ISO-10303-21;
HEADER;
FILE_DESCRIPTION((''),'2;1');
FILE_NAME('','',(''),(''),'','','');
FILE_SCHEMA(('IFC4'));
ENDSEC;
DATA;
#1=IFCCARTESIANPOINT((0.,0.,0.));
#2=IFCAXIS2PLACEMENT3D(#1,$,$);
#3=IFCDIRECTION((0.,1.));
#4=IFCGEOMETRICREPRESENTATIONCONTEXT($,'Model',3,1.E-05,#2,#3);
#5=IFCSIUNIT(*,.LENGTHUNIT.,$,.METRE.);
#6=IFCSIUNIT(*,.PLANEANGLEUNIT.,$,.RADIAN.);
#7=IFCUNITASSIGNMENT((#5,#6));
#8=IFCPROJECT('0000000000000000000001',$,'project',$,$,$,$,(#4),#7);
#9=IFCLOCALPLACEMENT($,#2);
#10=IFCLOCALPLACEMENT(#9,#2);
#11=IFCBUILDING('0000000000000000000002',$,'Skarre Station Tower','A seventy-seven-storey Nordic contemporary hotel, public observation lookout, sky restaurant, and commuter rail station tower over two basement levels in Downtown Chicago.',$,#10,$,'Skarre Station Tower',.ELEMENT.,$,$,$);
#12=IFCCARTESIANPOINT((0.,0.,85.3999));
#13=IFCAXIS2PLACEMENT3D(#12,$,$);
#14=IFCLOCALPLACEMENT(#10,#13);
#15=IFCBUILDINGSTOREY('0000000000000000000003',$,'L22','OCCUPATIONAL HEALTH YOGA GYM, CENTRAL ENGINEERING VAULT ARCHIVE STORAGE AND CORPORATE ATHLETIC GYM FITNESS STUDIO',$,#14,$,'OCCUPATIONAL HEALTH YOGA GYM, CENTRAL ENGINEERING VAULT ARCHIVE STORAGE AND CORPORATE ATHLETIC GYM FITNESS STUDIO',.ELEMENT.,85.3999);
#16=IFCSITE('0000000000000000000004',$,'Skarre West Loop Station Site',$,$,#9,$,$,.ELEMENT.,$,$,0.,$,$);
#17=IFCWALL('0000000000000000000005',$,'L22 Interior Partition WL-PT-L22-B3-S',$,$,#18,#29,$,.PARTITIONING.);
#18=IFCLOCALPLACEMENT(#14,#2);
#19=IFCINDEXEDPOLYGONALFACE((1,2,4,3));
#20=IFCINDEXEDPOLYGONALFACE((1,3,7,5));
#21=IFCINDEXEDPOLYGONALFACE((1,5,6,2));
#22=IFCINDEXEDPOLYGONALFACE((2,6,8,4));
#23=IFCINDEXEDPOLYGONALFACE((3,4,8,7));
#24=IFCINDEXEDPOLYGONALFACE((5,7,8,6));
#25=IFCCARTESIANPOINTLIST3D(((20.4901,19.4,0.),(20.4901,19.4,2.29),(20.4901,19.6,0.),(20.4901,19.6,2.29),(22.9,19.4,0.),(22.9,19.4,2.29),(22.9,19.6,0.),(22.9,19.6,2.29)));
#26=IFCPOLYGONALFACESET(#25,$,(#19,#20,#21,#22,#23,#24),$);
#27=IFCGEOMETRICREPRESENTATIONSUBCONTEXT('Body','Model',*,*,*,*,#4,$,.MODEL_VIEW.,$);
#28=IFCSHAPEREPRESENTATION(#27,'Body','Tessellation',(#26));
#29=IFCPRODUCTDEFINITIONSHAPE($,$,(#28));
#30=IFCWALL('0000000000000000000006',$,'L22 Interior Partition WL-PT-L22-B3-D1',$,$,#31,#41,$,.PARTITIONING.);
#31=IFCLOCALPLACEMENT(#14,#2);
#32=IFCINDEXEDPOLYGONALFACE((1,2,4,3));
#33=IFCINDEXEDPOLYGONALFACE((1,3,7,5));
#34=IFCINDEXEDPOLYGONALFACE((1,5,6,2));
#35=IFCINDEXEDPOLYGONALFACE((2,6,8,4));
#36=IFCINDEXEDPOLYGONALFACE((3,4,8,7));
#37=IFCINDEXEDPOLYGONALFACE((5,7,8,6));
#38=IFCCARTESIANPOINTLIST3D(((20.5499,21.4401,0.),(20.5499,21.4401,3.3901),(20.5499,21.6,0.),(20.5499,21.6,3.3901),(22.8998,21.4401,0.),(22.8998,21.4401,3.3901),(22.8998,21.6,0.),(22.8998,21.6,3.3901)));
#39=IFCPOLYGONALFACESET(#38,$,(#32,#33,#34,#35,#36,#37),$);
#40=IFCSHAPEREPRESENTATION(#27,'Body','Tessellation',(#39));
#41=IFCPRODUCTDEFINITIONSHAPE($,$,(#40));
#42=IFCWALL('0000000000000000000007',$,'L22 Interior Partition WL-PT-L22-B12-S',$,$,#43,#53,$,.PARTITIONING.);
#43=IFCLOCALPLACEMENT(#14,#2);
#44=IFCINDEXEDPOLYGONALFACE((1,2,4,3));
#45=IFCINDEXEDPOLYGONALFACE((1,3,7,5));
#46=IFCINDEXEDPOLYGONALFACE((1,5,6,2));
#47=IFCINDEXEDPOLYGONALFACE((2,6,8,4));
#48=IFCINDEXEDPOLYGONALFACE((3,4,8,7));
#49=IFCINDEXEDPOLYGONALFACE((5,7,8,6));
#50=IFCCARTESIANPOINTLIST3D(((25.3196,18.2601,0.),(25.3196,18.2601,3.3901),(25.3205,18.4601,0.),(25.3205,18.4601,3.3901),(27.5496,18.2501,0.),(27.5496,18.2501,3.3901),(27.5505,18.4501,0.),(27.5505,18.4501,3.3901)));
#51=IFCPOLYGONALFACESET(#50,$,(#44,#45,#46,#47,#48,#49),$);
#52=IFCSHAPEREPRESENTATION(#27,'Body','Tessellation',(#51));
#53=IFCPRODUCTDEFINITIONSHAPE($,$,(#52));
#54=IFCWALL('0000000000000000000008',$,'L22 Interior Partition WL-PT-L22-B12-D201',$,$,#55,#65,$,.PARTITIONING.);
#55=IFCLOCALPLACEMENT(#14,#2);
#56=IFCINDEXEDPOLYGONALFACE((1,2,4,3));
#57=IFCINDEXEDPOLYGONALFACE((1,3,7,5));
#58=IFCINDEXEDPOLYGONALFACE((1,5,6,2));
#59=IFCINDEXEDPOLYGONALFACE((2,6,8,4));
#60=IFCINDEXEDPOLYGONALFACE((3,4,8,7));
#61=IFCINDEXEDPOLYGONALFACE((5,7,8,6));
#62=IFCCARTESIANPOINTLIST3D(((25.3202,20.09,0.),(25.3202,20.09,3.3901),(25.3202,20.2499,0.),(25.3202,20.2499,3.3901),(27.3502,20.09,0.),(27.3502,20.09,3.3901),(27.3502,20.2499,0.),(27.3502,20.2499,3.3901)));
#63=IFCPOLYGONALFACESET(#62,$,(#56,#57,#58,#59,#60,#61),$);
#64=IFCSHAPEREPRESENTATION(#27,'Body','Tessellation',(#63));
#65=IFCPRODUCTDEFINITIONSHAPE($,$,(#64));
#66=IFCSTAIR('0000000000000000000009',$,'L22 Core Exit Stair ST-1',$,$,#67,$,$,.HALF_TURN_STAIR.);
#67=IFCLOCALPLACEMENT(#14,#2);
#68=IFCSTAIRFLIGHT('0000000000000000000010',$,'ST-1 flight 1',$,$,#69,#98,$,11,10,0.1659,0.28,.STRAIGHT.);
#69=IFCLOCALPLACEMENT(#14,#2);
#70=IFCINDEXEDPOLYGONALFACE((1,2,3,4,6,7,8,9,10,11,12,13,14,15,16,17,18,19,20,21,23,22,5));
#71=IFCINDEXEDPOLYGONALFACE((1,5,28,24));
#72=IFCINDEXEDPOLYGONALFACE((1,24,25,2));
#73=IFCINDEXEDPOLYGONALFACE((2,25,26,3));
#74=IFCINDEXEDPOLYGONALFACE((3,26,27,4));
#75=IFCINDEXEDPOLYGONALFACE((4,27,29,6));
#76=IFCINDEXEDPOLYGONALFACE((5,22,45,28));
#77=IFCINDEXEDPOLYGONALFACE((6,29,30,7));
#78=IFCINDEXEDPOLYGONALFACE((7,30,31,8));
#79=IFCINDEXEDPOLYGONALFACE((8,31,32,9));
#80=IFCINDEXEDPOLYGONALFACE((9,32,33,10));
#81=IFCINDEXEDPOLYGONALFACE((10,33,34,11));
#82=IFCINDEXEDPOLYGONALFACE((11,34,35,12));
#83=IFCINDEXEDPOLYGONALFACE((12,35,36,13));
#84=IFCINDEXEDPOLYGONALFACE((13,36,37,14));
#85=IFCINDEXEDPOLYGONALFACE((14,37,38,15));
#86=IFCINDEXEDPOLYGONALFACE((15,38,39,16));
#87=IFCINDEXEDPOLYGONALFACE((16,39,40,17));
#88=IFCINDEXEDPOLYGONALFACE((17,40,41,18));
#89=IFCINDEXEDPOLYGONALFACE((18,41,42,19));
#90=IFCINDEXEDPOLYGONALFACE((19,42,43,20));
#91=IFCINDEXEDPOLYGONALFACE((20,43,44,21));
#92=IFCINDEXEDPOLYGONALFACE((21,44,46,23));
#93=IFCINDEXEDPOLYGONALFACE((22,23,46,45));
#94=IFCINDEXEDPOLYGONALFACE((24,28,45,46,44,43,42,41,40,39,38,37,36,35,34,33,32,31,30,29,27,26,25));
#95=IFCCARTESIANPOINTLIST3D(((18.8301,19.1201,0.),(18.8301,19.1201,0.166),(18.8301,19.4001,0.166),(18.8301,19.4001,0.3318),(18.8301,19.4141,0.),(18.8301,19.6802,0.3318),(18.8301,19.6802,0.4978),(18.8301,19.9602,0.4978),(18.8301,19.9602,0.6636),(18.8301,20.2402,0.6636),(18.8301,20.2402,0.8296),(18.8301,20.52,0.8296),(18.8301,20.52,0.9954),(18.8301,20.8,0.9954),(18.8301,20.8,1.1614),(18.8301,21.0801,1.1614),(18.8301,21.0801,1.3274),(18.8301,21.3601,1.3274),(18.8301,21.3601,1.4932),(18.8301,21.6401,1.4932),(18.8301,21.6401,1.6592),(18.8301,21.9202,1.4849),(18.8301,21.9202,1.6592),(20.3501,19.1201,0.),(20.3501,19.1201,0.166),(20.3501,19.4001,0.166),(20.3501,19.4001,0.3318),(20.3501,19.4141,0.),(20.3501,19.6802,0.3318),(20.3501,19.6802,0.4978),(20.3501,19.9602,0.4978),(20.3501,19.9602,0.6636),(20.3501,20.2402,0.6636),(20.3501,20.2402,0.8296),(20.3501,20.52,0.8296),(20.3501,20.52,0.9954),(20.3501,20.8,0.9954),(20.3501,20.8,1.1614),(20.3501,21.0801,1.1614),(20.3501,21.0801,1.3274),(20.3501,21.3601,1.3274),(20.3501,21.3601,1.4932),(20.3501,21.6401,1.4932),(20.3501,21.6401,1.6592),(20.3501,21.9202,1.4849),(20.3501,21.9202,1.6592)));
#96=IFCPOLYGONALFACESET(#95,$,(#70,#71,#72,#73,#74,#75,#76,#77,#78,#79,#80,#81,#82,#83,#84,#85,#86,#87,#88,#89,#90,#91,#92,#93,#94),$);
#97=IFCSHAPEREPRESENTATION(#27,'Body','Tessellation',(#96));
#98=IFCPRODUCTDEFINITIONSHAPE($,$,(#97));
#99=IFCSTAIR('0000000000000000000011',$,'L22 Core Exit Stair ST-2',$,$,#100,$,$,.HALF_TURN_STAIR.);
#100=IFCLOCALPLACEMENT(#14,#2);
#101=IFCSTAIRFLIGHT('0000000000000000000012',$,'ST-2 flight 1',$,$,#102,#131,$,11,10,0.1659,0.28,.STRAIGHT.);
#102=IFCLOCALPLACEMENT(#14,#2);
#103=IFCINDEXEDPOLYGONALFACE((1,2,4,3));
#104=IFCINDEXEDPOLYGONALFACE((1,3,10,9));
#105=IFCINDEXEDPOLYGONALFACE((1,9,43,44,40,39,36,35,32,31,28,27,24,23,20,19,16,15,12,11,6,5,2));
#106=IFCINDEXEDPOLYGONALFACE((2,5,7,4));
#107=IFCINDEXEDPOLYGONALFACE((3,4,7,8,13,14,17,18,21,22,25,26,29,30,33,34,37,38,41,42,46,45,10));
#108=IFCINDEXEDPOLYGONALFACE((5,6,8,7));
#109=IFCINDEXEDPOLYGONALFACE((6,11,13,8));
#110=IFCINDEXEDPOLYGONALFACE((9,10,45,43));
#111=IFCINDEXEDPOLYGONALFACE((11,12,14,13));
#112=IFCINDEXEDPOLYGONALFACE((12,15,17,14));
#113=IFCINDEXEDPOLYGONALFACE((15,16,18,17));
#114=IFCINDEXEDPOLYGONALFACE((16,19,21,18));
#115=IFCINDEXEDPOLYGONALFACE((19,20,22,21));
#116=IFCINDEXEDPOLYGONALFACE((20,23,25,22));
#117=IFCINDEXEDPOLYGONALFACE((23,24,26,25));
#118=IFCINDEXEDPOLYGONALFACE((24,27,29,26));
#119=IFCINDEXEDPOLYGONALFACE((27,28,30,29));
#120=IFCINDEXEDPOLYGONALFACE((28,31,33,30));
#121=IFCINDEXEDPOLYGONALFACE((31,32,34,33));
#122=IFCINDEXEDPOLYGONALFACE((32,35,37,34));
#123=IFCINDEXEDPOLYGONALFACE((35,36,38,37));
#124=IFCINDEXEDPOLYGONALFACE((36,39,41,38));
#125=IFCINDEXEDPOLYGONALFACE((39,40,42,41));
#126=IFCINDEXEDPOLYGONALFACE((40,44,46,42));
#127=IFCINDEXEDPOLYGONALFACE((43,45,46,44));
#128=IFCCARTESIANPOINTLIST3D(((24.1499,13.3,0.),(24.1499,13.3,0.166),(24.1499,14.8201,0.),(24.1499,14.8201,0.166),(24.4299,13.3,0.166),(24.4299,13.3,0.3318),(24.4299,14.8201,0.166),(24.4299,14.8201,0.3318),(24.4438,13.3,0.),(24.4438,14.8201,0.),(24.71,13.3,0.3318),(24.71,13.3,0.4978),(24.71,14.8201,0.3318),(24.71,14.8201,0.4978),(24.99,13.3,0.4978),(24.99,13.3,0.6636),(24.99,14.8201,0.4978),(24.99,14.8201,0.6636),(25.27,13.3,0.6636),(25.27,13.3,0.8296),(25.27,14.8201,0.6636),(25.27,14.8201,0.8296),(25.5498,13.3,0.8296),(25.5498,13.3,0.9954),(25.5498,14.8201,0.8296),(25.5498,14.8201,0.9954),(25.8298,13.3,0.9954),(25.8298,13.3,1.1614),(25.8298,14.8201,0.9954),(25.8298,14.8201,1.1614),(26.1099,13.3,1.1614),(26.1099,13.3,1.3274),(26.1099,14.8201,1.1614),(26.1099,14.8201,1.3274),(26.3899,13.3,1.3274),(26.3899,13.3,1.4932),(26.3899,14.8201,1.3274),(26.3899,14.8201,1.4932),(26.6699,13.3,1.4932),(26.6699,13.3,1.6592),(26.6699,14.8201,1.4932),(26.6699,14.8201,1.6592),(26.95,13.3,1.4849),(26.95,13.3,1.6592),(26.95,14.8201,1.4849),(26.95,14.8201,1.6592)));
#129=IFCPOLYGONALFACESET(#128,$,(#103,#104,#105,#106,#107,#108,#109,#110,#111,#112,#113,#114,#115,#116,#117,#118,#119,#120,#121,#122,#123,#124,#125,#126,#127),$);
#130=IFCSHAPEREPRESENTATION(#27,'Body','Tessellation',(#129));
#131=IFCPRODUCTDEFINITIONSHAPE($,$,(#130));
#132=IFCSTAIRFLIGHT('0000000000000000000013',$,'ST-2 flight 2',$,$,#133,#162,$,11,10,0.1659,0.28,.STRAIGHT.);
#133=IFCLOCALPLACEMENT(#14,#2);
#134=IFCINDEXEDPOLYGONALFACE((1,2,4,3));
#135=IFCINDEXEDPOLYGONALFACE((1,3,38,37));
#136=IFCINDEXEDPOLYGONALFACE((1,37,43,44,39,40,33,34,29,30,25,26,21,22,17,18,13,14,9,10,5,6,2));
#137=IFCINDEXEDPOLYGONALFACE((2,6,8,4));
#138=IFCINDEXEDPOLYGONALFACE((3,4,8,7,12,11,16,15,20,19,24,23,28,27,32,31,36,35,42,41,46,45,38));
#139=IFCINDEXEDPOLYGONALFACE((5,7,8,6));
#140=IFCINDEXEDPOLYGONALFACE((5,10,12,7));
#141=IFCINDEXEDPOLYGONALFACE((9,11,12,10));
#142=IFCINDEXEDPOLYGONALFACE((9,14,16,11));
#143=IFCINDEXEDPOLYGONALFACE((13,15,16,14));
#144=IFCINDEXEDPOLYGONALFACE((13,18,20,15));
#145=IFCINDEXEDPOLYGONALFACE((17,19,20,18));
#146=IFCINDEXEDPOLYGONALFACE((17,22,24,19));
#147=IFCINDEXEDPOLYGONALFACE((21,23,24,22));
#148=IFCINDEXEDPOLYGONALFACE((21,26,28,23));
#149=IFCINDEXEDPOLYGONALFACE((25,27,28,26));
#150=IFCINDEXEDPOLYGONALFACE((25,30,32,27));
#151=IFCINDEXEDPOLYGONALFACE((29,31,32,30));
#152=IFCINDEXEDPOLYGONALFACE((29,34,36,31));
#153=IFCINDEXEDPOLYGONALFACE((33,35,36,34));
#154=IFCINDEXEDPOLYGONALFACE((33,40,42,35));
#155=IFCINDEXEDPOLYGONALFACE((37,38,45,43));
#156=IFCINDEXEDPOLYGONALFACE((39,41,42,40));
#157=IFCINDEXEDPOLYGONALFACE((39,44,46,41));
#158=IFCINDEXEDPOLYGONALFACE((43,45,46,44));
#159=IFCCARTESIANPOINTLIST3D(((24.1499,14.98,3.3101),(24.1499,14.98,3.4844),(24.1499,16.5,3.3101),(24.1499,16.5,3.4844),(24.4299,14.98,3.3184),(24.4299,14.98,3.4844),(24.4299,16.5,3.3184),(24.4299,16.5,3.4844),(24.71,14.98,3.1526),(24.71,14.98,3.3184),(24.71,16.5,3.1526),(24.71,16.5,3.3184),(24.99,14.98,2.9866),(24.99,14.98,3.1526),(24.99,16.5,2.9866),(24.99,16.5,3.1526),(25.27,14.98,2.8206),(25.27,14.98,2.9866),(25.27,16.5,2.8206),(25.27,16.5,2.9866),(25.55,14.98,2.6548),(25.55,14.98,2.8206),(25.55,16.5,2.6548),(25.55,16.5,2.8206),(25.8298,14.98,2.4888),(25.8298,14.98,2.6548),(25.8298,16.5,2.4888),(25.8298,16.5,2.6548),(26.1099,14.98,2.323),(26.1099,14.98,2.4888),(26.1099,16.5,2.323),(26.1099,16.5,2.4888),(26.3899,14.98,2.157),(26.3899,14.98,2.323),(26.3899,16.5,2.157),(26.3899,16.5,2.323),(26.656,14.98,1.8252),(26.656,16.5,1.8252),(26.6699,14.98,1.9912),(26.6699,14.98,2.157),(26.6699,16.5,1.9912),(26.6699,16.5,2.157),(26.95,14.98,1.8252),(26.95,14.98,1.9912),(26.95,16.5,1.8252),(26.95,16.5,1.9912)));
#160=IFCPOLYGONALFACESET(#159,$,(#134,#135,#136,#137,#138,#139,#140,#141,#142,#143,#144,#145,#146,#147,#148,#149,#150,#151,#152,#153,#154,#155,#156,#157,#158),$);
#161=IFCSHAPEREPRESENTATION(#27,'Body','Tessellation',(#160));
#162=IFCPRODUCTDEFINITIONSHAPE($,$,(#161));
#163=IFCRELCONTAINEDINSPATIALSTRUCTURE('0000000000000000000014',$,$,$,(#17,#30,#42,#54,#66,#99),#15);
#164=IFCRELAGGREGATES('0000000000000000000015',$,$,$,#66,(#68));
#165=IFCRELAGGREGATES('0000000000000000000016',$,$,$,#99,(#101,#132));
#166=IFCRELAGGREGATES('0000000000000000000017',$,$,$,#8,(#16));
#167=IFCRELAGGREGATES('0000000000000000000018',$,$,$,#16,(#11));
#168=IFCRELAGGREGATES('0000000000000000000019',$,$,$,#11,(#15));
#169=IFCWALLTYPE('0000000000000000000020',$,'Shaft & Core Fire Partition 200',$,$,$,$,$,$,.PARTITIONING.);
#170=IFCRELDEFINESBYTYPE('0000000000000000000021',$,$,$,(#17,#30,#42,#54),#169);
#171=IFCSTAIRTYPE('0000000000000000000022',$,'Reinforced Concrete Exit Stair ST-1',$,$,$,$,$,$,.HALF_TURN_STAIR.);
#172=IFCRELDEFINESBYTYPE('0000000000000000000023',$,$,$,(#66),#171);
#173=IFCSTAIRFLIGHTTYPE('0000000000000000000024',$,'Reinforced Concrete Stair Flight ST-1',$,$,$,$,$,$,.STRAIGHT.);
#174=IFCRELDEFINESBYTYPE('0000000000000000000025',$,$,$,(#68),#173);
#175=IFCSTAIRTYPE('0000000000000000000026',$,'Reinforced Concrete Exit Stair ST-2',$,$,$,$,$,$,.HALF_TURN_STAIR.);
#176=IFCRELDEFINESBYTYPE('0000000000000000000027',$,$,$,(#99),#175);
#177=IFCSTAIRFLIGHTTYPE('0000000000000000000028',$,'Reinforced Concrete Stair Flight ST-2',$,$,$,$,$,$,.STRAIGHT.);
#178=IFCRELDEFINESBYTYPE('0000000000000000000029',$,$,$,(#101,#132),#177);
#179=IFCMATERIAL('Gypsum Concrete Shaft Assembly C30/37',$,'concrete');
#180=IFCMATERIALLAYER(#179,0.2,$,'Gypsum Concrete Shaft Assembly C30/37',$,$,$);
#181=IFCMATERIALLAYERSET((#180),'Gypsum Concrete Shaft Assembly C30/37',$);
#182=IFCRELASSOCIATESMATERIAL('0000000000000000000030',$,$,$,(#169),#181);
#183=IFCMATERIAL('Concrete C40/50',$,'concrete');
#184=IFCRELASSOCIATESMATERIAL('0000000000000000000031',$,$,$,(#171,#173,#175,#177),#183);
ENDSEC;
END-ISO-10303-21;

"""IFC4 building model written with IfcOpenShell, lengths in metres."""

from ifc_helpers import new_model, si_unit, direction, frame, frame_2d, origin, place, context, subcontext, project, spatial, polyline, rectangle, outline, extrude, material, layer, layer_set, type_object, element, aggregate, save


model = new_model("IFC4")

# Units and contexts
model_context = context("Model", 3, precision=1e-05, world=origin(), true_north=direction((0.0, 1.0)))
body_context = subcontext(model_context, "Body", "Model", "MODEL_VIEW")
ifc_project = project(units=[si_unit("LENGTHUNIT", "METRE"), si_unit("PLANEANGLEUNIT", "RADIAN")], contexts=[model_context])

# Site, building, storey
site_placement = place(None, origin())
site = spatial("IfcSite", under=ifc_project, at=site_placement, Name="Skarre West Loop Station Site", CompositionType="ELEMENT", RefElevation=0.0)
building_placement = place(site_placement, origin())
building = spatial("IfcBuilding", under=site, at=building_placement, Name="Skarre Station Tower", Description="A seventy-seven-storey Nordic contemporary hotel, public observation lookout, sky restaurant, and commuter rail station tower over two basement levels in Downtown Chicago.", LongName="Skarre Station Tower", CompositionType="ELEMENT")
storey_placement = place(building_placement, frame((0.0, 0.0, 85.3999)))
storey = spatial("IfcBuildingStorey", under=building, at=storey_placement, Name="L22", Description="OCCUPATIONAL HEALTH YOGA GYM, CENTRAL ENGINEERING VAULT ARCHIVE STORAGE AND CORPORATE ATHLETIC GYM FITNESS STUDIO", LongName="OCCUPATIONAL HEALTH YOGA GYM, CENTRAL ENGINEERING VAULT ARCHIVE STORAGE AND CORPORATE ATHLETIC GYM FITNESS STUDIO", CompositionType="ELEMENT", Elevation=85.3999)

# Walls
ifc_material_1 = material(Name="Gypsum Concrete Shaft Assembly C30/37", Category="concrete")
ifc_layer_1 = layer(ifc_material_1, 0.2, Name="Gypsum Concrete Shaft Assembly C30/37")
ifc_layer_set_1 = layer_set([ifc_layer_1], Name="Gypsum Concrete Shaft Assembly C30/37")
wall_type_1 = type_object("IfcWallType", Name="Shaft & Core Fire Partition 200", PredefinedType="PARTITIONING", material=ifc_layer_set_1)
wall_1_placement = place(storey_placement, frame((20.49, 19.5, 0.0), z_axis=(0.0, 0.0, 1.0), x_axis=(1.0, 0.0, 0.0)))
element("IfcWall", 1, at=wall_1_placement, inside=storey, type_object=wall_type_1, Name="L22 Interior Partition WL-PT-L22-B3-S", PredefinedType="PARTITIONING", context=body_context, shape_type="SweptSolid", body=[
    extrude(rectangle(XDim=2.4099, YDim=0.2, at=frame_2d((1.2051, 0.0))), origin(), (0.0, 0.0, 1.0), 2.29),
])
wall_2_placement = place(storey_placement, frame((20.55, 21.52, 0.0), z_axis=(0.0, 0.0, 1.0), x_axis=(1.0, 0.0, 0.0)))
element("IfcWall", 2, at=wall_2_placement, inside=storey, type_object=wall_type_1, Name="L22 Interior Partition WL-PT-L22-B3-D1", PredefinedType="PARTITIONING", context=body_context, shape_type="SweptSolid", body=[
    extrude(rectangle(XDim=2.3499, YDim=0.1599, at=frame_2d((1.1748, 0.0))), origin(), (0.0, 0.0, 1.0), 3.3901),
])
wall_3_placement = place(storey_placement, frame((25.3201, 18.3601, 0.0), z_axis=(0.0, 0.0, 1.0), x_axis=(0.99999, -0.004489, 0.0)))
element("IfcWall", 3, at=wall_3_placement, inside=storey, type_object=wall_type_1, Name="L22 Interior Partition WL-PT-L22-B12-S", PredefinedType="PARTITIONING", context=body_context, shape_type="SweptSolid", body=[
    extrude(rectangle(XDim=2.23, YDim=0.2, at=frame_2d((1.115, 0.0))), origin(), (0.0, 0.0, 1.0), 3.3901),
])
wall_4_placement = place(storey_placement, frame((25.3201, 20.1699, 0.0), z_axis=(0.0, 0.0, 1.0), x_axis=(1.0, 0.0, 0.0)))
element("IfcWall", 4, at=wall_4_placement, inside=storey, type_object=wall_type_1, Name="L22 Interior Partition WL-PT-L22-B12-D201", PredefinedType="PARTITIONING", context=body_context, shape_type="SweptSolid", body=[
    extrude(rectangle(XDim=2.03, YDim=0.1599, at=frame_2d((1.0151, 0.0))), origin(), (0.0, 0.0, 1.0), 3.3901),
])

# Stair, stair flight
ifc_material_2 = material(Name="Concrete C40/50", Category="concrete")
stair_type_1 = type_object("IfcStairType", Name="Reinforced Concrete Exit Stair ST-1", PredefinedType="HALF_TURN_STAIR", material=ifc_material_2)
stair_1_placement = place(storey_placement, origin())
stair_1 = element("IfcStair", 5, at=stair_1_placement, inside=storey, type_object=stair_type_1, Name="L22 Core Exit Stair ST-1", PredefinedType="HALF_TURN_STAIR")
stair_flight_type_1 = type_object("IfcStairFlightType", Name="Reinforced Concrete Stair Flight ST-1", PredefinedType="STRAIGHT", material=ifc_material_2)
stair_flight_1_placement = place(storey_placement, frame((19.5901, 19.1201, 0.0), z_axis=(0.0, 0.0, 1.0), x_axis=(0.0, 1.0, 0.0)))
stair_flight_1 = element("IfcStairFlight", 6, at=stair_flight_1_placement, type_object=stair_flight_type_1, Name="ST-1 flight 1", NumberOfRisers=11, NumberOfTreads=10, PredefinedType="STRAIGHT", RiserHeight=0.1659, TreadLength=0.28, context=body_context, shape_type="SweptSolid", body=[
    extrude(outline(polyline([(0.0, 0.0), (0.0, 0.166), (0.28, 0.166), (0.28, 0.3318), (0.5601, 0.3318), (0.5601, 0.4978), (0.8401, 0.4978), (0.8401, 0.6636), (1.1201, 0.6636), (1.1201, 0.8296), (1.3999, 0.8296), (1.3999, 0.9954), (1.6799, 0.9954), (1.6799, 1.1614), (1.96, 1.1614), (1.96, 1.3274), (2.24, 1.3274), (2.24, 1.4932), (2.52, 1.4932), (2.52, 1.6592), (2.8, 1.6592), (2.8, 1.825), (2.8, 1.4849), (0.2939, 0.0), (0.0, 0.0)])), frame((0.0, 0.76, 0.0), z_axis=(0.0, -1.0, 0.0), x_axis=(1.0, 0.0, 0.0)), (0.0, 0.0, 1.0), 1.52),
])
aggregate(stair_1, [stair_flight_1])

# Stair, stair flights
stair_type_2 = type_object("IfcStairType", Name="Reinforced Concrete Exit Stair ST-2", PredefinedType="HALF_TURN_STAIR", material=ifc_material_2)
stair_2_placement = place(storey_placement, origin())
stair_2 = element("IfcStair", 7, at=stair_2_placement, inside=storey, type_object=stair_type_2, Name="L22 Core Exit Stair ST-2", PredefinedType="HALF_TURN_STAIR")
stair_flight_type_2 = type_object("IfcStairFlightType", Name="Reinforced Concrete Stair Flight ST-2", PredefinedType="STRAIGHT", material=ifc_material_2)
stair_flight_2_placement = place(storey_placement, frame((24.1499, 14.0601, 0.0), z_axis=(0.0, 0.0, 1.0), x_axis=(1.0, 0.0, 0.0)))
stair_flight_2 = element("IfcStairFlight", 8, at=stair_flight_2_placement, type_object=stair_flight_type_2, Name="ST-2 flight 1", NumberOfRisers=11, NumberOfTreads=10, PredefinedType="STRAIGHT", RiserHeight=0.1659, TreadLength=0.28, context=body_context, shape_type="SweptSolid", body=[
    extrude(outline(polyline([(0.0, 0.0), (0.0, 0.166), (0.28, 0.166), (0.28, 0.3318), (0.5601, 0.3318), (0.5601, 0.4978), (0.8401, 0.4978), (0.8401, 0.6636), (1.1201, 0.6636), (1.1201, 0.8296), (1.3999, 0.8296), (1.3999, 0.9954), (1.6799, 0.9954), (1.6799, 1.1614), (1.96, 1.1614), (1.96, 1.3274), (2.24, 1.3274), (2.24, 1.4932), (2.52, 1.4932), (2.52, 1.6592), (2.8, 1.6592), (2.8, 1.825), (2.8, 1.4849), (0.2939, 0.0), (0.0, 0.0)])), frame((0.0, 0.76, 0.0), z_axis=(0.0, -1.0, 0.0), x_axis=(1.0, 0.0, 0.0)), (0.0, 0.0, 1.0), 1.52),
])
stair_flight_3_placement = place(storey_placement, frame((26.95, 15.74, 1.8252), z_axis=(0.0, 0.0, 1.0), x_axis=(-1.0, 0.0, 0.0)))
stair_flight_3 = element("IfcStairFlight", 9, at=stair_flight_3_placement, type_object=stair_flight_type_2, Name="ST-2 flight 2", NumberOfRisers=11, NumberOfTreads=10, PredefinedType="STRAIGHT", RiserHeight=0.1659, TreadLength=0.28, context=body_context, shape_type="SweptSolid", body=[
    extrude(outline(polyline([(0.0, 0.0), (0.0, 0.166), (0.28, 0.166), (0.28, 0.3318), (0.5601, 0.3318), (0.5601, 0.4978), (0.8401, 0.4978), (0.8401, 0.6636), (1.1201, 0.6636), (1.1201, 0.8296), (1.3999, 0.8296), (1.3999, 0.9954), (1.6799, 0.9954), (1.6799, 1.1614), (1.96, 1.1614), (1.96, 1.3274), (2.24, 1.3274), (2.24, 1.4932), (2.52, 1.4932), (2.52, 1.6592), (2.8, 1.6592), (2.8, 1.825), (2.8, 1.4849), (0.2939, 0.0), (0.0, 0.0)])), frame((0.0, 0.76, 0.0), z_axis=(0.0, -1.0, 0.0), x_axis=(1.0, 0.0, 0.0)), (0.0, 0.0, 1.0), 1.52),
])
aggregate(stair_2, [stair_flight_2, stair_flight_3])

save(model, "model.ifc")
